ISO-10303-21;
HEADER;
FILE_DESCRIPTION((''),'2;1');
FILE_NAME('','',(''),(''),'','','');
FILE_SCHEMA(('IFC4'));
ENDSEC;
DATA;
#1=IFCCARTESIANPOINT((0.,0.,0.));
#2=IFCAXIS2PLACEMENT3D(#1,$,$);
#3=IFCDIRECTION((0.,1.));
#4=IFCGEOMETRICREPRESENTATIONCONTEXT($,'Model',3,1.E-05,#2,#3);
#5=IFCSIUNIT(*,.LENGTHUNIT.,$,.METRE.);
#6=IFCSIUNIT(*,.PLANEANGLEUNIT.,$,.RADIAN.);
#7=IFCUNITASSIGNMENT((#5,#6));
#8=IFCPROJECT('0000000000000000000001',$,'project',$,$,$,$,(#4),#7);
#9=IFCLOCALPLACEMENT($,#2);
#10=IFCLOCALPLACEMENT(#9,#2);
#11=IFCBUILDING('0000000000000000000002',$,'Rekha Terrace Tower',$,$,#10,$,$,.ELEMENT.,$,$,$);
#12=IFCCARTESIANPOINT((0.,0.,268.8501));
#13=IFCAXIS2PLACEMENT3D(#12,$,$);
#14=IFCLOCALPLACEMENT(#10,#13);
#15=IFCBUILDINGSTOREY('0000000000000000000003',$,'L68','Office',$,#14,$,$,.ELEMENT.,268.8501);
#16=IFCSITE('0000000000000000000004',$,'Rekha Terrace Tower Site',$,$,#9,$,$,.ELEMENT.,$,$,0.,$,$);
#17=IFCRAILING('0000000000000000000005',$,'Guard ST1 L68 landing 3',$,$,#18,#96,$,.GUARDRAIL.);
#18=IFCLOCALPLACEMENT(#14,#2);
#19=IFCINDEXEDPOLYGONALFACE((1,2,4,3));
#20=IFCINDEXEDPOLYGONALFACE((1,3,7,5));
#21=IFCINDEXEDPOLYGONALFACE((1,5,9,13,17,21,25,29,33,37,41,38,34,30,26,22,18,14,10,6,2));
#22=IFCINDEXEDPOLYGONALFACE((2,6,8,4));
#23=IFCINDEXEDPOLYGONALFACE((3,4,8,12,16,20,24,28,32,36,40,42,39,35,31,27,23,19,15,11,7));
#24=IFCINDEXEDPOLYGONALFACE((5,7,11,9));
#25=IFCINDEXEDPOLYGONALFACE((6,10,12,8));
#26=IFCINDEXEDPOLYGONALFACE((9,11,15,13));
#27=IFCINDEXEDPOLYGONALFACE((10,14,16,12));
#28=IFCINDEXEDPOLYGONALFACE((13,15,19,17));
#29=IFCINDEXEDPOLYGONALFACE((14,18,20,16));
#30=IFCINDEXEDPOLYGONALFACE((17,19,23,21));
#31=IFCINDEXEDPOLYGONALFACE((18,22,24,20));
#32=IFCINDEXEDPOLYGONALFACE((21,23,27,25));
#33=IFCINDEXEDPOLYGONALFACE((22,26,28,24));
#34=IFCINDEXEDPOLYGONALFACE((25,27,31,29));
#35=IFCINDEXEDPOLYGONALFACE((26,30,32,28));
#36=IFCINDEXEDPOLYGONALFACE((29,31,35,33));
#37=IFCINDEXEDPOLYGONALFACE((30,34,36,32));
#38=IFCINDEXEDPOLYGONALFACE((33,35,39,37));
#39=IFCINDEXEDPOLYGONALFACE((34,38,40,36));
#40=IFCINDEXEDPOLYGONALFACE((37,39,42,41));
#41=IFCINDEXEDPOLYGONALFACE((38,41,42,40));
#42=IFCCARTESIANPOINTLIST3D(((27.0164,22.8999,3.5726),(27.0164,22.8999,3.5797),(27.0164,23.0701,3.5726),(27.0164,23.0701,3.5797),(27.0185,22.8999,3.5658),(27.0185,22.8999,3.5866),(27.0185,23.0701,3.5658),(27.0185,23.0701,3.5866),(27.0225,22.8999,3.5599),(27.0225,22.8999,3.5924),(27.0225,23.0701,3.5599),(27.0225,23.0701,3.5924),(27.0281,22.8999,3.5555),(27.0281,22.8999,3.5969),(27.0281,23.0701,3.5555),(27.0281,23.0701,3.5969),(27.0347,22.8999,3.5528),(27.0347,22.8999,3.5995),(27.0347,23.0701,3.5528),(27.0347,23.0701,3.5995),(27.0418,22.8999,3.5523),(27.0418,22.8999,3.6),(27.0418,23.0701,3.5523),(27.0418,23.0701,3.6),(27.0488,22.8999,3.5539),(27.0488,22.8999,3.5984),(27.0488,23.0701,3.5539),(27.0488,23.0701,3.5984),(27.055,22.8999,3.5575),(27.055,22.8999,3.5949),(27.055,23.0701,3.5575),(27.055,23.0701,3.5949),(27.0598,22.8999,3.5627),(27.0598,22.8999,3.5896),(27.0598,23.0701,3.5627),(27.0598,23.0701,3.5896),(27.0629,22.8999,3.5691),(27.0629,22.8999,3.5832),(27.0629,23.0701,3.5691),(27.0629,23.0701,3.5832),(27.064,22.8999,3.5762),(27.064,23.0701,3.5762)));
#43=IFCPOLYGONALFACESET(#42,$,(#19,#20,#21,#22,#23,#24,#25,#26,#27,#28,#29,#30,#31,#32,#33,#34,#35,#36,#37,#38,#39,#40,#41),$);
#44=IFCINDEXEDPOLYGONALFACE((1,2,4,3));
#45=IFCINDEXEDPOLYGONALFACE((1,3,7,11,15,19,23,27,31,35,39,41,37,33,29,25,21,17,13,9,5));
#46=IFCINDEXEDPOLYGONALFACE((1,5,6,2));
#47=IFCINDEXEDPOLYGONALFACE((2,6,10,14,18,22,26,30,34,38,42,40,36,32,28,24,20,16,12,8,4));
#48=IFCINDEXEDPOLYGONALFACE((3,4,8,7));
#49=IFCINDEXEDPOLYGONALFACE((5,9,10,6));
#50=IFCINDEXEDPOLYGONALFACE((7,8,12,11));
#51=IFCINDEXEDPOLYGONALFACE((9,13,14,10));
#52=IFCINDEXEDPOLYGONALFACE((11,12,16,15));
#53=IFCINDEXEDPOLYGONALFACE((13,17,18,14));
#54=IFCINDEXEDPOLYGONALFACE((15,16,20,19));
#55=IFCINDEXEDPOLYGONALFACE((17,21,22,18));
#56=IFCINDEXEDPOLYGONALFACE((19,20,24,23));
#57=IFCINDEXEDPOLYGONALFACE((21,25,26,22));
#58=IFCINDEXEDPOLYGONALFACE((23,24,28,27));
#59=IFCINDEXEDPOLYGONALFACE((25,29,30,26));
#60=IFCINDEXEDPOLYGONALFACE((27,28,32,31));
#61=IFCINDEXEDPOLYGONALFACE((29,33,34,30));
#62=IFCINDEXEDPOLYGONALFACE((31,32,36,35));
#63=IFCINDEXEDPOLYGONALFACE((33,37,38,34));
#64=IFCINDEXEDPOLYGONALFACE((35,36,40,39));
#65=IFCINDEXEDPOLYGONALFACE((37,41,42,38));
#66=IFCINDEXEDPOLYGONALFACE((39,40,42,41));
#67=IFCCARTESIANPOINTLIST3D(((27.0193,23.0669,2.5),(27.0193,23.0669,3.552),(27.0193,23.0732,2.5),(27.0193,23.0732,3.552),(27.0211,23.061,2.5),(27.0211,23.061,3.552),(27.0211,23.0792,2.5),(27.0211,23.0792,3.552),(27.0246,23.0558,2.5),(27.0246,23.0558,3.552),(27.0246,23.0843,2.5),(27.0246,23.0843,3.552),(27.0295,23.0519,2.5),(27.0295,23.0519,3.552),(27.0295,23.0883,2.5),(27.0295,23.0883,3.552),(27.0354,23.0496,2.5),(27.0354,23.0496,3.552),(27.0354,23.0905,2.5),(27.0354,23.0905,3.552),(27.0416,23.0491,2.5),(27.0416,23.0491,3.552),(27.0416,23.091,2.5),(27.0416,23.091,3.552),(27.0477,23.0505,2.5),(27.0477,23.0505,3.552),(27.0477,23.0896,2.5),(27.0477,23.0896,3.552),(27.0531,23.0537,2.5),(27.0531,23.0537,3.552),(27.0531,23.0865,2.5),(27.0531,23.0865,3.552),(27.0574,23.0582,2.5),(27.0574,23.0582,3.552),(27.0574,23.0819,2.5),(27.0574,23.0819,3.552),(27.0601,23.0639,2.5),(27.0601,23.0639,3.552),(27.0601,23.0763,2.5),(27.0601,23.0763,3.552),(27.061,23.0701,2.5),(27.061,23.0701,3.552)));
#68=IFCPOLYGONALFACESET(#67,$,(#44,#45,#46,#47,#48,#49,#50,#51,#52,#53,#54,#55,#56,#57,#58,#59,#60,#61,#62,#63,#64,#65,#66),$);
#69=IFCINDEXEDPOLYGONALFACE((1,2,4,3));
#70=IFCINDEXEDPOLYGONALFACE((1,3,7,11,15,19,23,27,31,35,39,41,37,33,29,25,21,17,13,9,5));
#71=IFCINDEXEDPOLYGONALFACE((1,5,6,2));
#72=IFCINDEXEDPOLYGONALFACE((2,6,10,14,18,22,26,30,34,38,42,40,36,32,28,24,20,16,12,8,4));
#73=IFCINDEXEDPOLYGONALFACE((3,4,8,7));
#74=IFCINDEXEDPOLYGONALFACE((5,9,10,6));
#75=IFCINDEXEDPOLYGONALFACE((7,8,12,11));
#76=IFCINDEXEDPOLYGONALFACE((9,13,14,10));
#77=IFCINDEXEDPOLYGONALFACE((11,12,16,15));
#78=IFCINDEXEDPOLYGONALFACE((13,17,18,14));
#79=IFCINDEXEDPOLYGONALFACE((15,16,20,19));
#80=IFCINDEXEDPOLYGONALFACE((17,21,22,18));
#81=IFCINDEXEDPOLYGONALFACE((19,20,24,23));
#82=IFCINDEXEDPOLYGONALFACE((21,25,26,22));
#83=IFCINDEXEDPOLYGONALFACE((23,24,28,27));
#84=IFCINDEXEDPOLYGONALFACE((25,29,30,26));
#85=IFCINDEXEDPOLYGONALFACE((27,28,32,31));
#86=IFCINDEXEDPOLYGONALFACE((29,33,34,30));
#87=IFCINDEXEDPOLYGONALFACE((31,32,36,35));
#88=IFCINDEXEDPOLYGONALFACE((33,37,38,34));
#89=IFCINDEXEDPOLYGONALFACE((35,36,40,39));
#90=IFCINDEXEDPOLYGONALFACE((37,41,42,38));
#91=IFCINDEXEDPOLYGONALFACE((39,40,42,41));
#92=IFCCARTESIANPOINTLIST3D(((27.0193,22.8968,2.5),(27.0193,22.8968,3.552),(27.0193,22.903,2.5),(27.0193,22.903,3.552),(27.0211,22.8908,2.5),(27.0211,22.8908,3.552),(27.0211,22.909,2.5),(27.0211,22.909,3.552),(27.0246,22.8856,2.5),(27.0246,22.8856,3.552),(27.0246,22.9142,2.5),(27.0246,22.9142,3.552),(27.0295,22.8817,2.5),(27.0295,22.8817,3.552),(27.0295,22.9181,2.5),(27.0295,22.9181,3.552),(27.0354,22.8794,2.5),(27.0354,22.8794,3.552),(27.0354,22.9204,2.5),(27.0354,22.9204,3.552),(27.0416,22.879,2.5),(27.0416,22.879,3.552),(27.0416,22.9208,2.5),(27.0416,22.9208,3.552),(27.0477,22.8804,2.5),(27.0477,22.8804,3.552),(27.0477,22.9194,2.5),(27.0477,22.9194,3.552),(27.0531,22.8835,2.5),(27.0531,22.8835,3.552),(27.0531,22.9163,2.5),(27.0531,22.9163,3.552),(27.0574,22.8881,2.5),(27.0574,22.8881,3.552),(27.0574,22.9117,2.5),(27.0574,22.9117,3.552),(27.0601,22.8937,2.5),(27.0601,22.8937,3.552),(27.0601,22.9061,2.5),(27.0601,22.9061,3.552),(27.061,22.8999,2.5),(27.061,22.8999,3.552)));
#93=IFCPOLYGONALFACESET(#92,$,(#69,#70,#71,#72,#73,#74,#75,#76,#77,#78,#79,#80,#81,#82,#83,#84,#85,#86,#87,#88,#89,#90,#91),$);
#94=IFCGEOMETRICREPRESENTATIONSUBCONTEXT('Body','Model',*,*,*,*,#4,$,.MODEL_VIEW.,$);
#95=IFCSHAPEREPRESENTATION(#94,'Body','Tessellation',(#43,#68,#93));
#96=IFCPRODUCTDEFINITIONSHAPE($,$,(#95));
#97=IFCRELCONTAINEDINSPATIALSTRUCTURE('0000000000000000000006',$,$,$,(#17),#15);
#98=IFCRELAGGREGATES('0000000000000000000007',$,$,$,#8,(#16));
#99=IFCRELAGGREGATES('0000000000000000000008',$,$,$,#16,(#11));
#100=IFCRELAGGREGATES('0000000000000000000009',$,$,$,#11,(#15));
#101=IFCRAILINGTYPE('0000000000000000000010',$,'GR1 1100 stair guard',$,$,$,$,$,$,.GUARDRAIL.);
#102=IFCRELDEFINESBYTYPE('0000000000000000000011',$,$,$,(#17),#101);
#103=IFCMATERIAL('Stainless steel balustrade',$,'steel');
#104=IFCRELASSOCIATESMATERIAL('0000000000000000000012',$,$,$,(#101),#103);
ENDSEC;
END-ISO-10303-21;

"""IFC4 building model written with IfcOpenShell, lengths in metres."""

from ifc_helpers import new_model, si_unit, direction, frame, origin, origin_2d, place, context, subcontext, project, spatial, circle, extrude, material, type_object, element, save


model = new_model("IFC4")

# Units and contexts
model_context = context("Model", 3, precision=1e-05, world=origin(), true_north=direction((0.0, 1.0)))
body_context = subcontext(model_context, "Body", "Model", "MODEL_VIEW")
ifc_project = project(units=[si_unit("LENGTHUNIT", "METRE"), si_unit("PLANEANGLEUNIT", "RADIAN")], contexts=[model_context])

# Site, building, storey
site_placement = place(None, origin())
site = spatial("IfcSite", under=ifc_project, at=site_placement, Name="Rekha Terrace Tower Site", CompositionType="ELEMENT", RefElevation=0.0)
building_placement = place(site_placement, origin())
building = spatial("IfcBuilding", under=site, at=building_placement, Name="Rekha Terrace Tower", CompositionType="ELEMENT")
storey_placement = place(building_placement, frame((0.0, 0.0, 268.8501)))
storey = spatial("IfcBuildingStorey", under=building, at=storey_placement, Name="L68", Description="Office", CompositionType="ELEMENT", Elevation=268.8501)

# Railing
ifc_material_1 = material(Name="Stainless steel balustrade", Category="steel")
railing_type_1 = type_object("IfcRailingType", Name="GR1 1100 stair guard", PredefinedType="GUARDRAIL", material=ifc_material_1)
railing_1_placement = place(storey_placement, frame((27.04, 23.0701, 2.5)))
element("IfcRailing", 1, at=railing_1_placement, inside=storey, type_object=railing_type_1, Name="Guard ST1 L68 landing 3", PredefinedType="GUARDRAIL", context=body_context, shape_type="SweptSolid", body=[
    extrude(circle(Radius=0.0239, at=origin_2d()), frame((0.0, 0.0, 1.0762), z_axis=(0.0, -1.0, 0.0), x_axis=(1.0, 0.0, 0.0)), (0.0, 0.0, 1.0), 0.1702),
    extrude(circle(Radius=0.021, at=origin_2d()), origin(), (0.0, 0.0, 1.0), 1.052),
    extrude(circle(Radius=0.021, at=origin_2d()), frame((0.0, -0.1702, 0.0)), (0.0, 0.0, 1.0), 1.052),
])

save(model, "model.ifc")
